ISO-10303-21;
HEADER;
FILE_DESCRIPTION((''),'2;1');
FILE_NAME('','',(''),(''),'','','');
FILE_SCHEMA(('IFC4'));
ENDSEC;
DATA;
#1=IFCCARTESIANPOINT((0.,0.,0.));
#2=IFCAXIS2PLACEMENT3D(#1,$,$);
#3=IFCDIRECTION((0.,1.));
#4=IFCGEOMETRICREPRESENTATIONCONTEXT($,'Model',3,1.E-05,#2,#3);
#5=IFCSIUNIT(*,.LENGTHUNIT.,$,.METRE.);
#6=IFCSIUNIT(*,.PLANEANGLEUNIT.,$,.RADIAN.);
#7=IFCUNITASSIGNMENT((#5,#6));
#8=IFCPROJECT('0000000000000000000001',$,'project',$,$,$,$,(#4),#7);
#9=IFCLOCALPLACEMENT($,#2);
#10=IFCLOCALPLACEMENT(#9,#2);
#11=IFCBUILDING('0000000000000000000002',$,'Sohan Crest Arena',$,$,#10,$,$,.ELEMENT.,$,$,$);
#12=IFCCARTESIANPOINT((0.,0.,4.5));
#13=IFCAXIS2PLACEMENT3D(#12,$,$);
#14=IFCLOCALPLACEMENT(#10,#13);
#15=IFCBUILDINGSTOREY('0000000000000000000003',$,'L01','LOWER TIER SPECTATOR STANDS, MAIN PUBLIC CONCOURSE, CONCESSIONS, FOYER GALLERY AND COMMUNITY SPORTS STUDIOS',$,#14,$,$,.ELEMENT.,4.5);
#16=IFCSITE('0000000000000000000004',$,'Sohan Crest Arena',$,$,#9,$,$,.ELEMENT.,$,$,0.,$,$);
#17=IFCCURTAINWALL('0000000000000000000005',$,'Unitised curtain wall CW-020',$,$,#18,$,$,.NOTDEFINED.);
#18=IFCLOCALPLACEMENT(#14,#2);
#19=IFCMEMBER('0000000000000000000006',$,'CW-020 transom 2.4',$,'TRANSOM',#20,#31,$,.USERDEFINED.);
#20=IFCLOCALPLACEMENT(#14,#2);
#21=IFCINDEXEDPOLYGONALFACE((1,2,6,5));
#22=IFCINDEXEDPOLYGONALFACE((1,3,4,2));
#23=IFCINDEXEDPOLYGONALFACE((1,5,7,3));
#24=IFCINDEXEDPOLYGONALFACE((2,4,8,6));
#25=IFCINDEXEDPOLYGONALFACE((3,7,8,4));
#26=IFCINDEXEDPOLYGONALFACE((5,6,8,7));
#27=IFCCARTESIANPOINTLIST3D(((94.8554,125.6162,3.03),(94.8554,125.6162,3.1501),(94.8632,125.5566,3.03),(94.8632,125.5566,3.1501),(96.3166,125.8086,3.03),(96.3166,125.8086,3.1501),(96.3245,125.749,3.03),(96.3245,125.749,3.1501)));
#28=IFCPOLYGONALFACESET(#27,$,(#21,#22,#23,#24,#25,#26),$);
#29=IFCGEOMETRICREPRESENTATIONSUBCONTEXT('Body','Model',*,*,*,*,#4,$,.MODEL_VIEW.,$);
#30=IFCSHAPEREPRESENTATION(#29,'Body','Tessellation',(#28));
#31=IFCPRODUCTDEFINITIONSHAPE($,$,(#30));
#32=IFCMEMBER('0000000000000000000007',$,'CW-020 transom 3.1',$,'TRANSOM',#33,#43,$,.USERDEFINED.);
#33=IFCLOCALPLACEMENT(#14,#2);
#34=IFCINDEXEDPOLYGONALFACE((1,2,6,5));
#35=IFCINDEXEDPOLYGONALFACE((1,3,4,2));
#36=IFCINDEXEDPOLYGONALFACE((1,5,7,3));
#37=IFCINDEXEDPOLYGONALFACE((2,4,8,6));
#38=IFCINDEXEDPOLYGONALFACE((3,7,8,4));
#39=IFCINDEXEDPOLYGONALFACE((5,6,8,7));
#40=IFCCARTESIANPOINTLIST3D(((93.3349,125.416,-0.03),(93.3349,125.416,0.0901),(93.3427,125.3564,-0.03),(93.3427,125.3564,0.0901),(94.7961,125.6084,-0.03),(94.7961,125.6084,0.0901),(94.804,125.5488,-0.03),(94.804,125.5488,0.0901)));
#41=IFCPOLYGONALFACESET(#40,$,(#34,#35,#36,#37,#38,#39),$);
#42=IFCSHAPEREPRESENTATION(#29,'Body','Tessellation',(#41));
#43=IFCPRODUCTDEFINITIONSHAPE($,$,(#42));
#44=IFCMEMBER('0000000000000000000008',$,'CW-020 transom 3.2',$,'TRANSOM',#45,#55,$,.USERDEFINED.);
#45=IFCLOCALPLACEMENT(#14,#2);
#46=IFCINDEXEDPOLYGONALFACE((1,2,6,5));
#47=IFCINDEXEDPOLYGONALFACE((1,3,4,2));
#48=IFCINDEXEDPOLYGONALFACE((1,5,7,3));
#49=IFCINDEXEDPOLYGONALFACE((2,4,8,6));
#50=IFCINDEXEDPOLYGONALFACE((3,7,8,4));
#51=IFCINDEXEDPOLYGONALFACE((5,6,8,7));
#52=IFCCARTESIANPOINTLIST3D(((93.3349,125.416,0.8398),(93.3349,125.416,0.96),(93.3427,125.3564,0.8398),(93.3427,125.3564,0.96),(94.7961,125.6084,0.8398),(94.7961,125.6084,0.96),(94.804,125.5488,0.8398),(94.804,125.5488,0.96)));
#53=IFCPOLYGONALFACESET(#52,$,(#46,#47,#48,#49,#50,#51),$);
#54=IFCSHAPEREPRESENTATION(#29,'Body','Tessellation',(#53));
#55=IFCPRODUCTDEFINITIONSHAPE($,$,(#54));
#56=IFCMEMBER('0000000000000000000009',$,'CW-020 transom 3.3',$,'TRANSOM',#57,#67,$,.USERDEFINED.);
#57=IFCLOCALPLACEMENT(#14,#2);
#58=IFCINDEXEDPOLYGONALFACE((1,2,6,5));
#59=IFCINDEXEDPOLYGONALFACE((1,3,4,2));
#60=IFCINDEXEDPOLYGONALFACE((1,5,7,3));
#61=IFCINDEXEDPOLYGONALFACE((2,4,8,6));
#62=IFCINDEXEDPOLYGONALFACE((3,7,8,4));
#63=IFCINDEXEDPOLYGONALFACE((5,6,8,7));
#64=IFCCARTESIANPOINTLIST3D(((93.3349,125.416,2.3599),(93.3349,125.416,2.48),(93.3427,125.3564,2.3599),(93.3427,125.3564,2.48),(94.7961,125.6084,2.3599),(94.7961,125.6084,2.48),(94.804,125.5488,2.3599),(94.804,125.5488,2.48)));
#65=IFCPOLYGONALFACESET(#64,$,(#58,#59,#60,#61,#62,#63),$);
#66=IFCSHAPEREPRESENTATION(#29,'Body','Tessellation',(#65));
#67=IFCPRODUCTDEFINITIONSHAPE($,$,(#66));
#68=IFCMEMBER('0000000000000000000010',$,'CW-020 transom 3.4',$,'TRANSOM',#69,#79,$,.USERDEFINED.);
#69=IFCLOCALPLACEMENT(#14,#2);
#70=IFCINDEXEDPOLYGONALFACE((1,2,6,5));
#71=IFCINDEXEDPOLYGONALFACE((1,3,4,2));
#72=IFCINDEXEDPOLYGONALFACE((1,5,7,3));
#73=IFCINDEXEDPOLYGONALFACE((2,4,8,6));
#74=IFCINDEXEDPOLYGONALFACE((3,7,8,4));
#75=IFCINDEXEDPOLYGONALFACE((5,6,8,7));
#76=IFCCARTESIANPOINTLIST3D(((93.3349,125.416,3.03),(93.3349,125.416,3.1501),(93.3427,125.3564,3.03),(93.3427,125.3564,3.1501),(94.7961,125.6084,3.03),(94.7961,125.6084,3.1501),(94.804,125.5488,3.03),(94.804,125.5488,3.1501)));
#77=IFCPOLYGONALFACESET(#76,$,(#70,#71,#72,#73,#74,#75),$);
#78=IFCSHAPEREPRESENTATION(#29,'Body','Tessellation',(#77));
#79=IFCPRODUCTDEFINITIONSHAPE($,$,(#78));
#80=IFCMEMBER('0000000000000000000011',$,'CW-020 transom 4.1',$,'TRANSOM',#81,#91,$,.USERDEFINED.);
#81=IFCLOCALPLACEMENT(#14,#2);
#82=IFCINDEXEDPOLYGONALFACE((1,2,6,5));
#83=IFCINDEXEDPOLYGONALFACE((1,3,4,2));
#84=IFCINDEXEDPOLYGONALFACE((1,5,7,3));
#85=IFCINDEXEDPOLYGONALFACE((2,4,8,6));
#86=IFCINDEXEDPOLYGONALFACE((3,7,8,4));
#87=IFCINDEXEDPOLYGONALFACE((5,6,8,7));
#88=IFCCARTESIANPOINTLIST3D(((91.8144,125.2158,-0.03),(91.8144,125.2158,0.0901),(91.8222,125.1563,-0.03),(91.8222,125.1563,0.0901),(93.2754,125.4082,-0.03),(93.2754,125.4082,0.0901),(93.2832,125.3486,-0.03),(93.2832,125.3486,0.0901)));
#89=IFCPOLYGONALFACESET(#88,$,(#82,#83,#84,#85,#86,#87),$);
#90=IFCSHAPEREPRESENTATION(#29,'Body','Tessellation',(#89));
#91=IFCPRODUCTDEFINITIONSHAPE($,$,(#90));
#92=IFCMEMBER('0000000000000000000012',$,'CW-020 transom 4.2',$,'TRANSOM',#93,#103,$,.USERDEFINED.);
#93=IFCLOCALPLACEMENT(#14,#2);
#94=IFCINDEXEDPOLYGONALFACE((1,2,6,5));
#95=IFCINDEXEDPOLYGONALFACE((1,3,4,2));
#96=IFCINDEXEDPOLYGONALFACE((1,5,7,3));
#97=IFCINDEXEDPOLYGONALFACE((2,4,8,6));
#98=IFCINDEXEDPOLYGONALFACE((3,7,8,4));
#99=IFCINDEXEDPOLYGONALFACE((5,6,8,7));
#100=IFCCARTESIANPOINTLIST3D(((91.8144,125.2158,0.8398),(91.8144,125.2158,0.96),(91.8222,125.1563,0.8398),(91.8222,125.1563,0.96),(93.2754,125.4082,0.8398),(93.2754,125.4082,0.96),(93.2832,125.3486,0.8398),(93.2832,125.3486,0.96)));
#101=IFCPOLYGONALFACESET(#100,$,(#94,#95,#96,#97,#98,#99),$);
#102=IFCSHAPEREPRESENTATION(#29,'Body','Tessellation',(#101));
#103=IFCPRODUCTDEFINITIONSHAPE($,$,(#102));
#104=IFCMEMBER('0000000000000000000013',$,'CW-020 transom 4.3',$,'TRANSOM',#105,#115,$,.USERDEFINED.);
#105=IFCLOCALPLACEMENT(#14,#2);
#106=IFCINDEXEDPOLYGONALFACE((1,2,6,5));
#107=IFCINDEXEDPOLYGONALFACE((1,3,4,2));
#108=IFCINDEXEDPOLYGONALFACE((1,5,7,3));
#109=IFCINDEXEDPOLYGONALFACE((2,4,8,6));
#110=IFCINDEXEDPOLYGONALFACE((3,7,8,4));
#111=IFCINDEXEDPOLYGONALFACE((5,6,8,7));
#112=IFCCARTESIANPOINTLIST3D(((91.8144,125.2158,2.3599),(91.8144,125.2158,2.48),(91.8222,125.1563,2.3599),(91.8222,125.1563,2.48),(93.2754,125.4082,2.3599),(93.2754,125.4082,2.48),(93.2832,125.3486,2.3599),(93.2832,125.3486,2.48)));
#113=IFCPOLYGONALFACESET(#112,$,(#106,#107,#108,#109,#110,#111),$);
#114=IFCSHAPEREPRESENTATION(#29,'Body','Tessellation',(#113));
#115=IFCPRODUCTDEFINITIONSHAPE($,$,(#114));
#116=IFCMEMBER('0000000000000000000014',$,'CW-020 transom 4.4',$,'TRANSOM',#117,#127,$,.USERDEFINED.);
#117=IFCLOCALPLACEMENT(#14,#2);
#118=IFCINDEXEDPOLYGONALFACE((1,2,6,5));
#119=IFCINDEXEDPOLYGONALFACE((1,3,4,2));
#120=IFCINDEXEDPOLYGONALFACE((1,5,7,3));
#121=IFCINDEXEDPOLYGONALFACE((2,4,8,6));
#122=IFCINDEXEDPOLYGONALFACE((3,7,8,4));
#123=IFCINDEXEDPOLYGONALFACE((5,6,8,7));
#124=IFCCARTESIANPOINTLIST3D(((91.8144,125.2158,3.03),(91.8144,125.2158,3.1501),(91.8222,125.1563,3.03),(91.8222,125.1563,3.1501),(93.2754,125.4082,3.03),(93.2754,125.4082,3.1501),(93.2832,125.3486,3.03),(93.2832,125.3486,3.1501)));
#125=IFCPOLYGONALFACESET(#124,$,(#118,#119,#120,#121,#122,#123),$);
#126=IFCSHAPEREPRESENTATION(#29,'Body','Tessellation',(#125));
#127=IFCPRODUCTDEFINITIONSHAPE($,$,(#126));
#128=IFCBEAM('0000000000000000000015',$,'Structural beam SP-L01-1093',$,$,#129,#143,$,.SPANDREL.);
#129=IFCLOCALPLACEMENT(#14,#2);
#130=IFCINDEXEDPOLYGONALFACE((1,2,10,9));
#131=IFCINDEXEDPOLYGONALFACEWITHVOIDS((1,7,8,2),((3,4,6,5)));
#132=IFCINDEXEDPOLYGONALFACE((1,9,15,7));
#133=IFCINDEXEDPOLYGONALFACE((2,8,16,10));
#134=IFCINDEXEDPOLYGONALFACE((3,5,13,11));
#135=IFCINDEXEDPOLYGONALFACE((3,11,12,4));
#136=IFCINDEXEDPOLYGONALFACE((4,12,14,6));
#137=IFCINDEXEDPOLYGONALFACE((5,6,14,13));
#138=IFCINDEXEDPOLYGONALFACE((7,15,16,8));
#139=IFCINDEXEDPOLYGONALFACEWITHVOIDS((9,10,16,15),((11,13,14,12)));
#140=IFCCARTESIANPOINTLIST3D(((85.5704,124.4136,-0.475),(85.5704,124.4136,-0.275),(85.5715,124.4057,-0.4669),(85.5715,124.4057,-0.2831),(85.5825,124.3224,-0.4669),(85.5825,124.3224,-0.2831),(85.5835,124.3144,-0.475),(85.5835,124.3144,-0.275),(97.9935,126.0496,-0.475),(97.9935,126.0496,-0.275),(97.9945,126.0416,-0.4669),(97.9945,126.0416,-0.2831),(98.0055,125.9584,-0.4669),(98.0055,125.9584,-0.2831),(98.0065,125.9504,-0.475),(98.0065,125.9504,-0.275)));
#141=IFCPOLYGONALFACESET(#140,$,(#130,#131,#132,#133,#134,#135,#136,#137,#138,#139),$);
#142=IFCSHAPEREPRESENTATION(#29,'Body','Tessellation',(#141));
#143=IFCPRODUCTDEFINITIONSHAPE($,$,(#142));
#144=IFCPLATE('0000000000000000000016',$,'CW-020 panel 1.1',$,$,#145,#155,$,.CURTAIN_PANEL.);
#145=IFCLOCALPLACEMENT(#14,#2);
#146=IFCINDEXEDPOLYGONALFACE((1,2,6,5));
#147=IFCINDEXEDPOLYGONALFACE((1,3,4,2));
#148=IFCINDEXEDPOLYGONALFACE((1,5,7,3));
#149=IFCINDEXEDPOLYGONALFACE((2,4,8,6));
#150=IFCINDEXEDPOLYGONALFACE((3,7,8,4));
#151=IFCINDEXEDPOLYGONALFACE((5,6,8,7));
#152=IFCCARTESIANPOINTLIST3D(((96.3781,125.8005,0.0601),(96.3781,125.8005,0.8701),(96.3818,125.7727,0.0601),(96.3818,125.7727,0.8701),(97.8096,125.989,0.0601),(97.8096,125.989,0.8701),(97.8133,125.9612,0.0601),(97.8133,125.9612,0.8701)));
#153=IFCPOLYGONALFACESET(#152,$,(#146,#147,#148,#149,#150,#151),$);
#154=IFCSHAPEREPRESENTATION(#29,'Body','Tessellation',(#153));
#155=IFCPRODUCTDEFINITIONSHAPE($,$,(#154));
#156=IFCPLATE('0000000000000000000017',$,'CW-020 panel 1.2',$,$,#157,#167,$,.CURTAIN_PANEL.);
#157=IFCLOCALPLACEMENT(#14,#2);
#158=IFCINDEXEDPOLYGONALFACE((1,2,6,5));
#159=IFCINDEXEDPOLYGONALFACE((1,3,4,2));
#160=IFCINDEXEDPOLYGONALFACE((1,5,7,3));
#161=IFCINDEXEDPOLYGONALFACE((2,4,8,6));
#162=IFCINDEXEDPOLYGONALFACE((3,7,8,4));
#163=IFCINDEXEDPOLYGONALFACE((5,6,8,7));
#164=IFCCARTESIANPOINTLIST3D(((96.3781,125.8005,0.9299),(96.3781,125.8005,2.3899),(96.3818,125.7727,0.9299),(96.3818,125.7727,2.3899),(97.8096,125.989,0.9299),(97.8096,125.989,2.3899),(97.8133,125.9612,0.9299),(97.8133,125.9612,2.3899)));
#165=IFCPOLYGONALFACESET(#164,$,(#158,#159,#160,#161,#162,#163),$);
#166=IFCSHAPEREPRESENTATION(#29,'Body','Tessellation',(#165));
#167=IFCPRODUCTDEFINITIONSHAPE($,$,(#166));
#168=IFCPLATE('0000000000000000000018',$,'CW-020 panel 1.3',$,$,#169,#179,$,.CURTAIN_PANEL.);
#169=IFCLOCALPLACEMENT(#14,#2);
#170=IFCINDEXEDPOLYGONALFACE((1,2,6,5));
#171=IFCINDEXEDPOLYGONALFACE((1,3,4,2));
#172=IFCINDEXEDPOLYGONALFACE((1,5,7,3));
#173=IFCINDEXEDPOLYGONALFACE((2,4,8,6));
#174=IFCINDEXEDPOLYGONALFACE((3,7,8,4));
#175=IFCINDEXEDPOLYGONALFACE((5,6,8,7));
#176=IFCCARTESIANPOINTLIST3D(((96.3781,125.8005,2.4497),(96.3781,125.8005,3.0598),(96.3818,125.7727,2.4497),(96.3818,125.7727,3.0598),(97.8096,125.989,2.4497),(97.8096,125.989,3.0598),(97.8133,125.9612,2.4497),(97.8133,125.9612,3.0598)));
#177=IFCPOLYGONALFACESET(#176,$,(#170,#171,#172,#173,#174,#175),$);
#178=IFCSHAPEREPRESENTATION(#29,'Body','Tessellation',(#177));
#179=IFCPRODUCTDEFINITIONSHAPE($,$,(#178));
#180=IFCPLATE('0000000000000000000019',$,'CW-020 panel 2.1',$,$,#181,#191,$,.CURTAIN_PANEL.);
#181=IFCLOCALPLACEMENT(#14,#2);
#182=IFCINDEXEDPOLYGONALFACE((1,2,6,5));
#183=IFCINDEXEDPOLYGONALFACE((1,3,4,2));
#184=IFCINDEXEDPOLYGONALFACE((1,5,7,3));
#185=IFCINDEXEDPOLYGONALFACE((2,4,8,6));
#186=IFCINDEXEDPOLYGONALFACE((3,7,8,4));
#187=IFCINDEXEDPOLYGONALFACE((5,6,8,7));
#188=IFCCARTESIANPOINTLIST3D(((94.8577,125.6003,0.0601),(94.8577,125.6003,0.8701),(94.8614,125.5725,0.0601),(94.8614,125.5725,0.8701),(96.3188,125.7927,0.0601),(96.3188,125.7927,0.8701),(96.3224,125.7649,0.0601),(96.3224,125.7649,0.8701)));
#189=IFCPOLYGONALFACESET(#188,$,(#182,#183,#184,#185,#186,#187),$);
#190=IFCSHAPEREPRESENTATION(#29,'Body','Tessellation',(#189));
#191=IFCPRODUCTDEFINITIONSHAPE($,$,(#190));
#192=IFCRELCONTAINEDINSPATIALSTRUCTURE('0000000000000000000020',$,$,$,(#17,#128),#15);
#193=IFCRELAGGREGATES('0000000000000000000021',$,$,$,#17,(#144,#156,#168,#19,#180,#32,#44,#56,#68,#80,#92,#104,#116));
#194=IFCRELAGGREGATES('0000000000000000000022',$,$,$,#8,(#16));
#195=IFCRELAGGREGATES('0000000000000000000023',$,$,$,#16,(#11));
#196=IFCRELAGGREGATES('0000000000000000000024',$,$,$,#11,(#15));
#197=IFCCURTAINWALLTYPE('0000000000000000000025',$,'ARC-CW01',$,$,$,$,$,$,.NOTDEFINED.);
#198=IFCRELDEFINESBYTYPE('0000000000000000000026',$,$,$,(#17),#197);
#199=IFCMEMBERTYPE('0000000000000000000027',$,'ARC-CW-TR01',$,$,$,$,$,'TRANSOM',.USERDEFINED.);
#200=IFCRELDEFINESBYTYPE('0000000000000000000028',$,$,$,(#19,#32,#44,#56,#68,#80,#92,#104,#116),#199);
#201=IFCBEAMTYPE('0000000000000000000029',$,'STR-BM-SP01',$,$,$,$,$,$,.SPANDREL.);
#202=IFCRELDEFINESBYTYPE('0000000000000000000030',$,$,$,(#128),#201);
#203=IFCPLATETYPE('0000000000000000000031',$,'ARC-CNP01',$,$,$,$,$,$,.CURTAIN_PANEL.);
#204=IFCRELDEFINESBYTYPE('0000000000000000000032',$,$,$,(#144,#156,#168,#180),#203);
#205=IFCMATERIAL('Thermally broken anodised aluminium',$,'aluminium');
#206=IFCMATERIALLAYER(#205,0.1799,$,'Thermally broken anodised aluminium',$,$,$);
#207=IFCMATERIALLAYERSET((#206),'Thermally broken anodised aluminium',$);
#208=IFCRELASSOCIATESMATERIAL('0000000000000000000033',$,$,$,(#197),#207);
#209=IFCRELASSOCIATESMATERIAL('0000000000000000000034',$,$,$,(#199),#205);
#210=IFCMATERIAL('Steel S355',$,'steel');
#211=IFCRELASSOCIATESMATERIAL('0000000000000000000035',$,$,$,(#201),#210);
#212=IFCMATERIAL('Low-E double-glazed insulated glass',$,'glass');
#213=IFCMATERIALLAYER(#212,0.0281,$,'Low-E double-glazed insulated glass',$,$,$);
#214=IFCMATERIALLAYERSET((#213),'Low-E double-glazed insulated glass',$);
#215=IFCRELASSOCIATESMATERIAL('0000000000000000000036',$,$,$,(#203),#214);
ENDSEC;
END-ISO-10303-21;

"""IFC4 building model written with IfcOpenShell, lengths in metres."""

from ifc_helpers import new_model, si_unit, direction, frame, origin, origin_2d, place, context, subcontext, project, spatial, rectangle, hollow_rectangle, extrude, material, layer, layer_set, material_profile, profile_set, type_object, element, aggregate, save


model = new_model("IFC4")

# Units and contexts
model_context = context("Model", 3, precision=1e-05, world=origin(), true_north=direction((0.0, 1.0)))
body_context = subcontext(model_context, "Body", "Model", "MODEL_VIEW")
ifc_project = project(units=[si_unit("LENGTHUNIT", "METRE"), si_unit("PLANEANGLEUNIT", "RADIAN")], contexts=[model_context])

# Site, building, storey
site_placement = place(None, origin())
site = spatial("IfcSite", under=ifc_project, at=site_placement, Name="Sohan Crest Arena", CompositionType="ELEMENT", RefElevation=0.0)
building_placement = place(site_placement, origin())
building = spatial("IfcBuilding", under=site, at=building_placement, Name="Sohan Crest Arena", CompositionType="ELEMENT")
storey_placement = place(building_placement, frame((0.0, 0.0, 4.5)))
storey = spatial("IfcBuildingStorey", under=building, at=storey_placement, Name="L01", Description="LOWER TIER SPECTATOR STANDS, MAIN PUBLIC CONCOURSE, CONCESSIONS, FOYER GALLERY AND COMMUNITY SPORTS STUDIOS", CompositionType="ELEMENT", Elevation=4.5)

# Shared definitions
ifc_material_1 = material(Name="Steel S355", Category="steel")

# Curtain wall, members
ifc_material_2 = material(Name="Thermally broken anodised aluminium", Category="aluminium")
ifc_layer_1 = layer(ifc_material_2, 0.1799, Name="Thermally broken anodised aluminium")
ifc_layer_set_1 = layer_set([ifc_layer_1], Name="Thermally broken anodised aluminium")
curtain_wall_type = type_object("IfcCurtainWallType", Name="ARC-CW01", PredefinedType="NOTDEFINED", material=ifc_layer_set_1)
curtain_wall_placement = place(storey_placement, origin())
curtain_wall = element("IfcCurtainWall", 1, at=curtain_wall_placement, inside=storey, type_object=curtain_wall_type, Name="Unitised curtain wall CW-020", PredefinedType="NOTDEFINED")
ifc_material_profile_1 = material_profile(ifc_material_2, rectangle(XDim=0.0601, YDim=0.1201, at=origin_2d()), Name="ALU-TRAN 60x120")
ifc_profile_set_1 = profile_set([ifc_material_profile_1], Name="Thermally broken anodised aluminium")
member_type_1 = type_object("IfcMemberType", Name="ARC-CW-TR01", ElementType="TRANSOM", PredefinedType="USERDEFINED", material=ifc_profile_set_1)
member_1_placement = place(storey_placement, frame((96.3206, 125.7788, 3.0901), z_axis=(-0.991444, -0.130536, 0.0), x_axis=(0.130536, -0.991444, 0.0)))
member_1 = element("IfcMember", 2, at=member_1_placement, type_object=member_type_1, Name="CW-020 transom 2.4", ObjectType="TRANSOM", PredefinedType="USERDEFINED", context=body_context, shape_type="SweptSolid", body=[
    extrude(rectangle(XDim=0.0601, YDim=0.1201, at=origin_2d()), origin(), (0.0, 0.0, 1.0), 1.4739),
])
member_2_placement = place(storey_placement, frame((94.8, 125.5786, 0.03), z_axis=(-0.991444, -0.130536, 0.0), x_axis=(0.130536, -0.991444, 0.0)))
member_2 = element("IfcMember", 3, at=member_2_placement, type_object=member_type_1, Name="CW-020 transom 3.1", ObjectType="TRANSOM", PredefinedType="USERDEFINED", context=body_context, shape_type="SweptSolid", body=[
    extrude(rectangle(XDim=0.0601, YDim=0.1201, at=origin_2d()), origin(), (0.0, 0.0, 1.0), 1.4739),
])
member_3_placement = place(storey_placement, frame((94.8, 125.5786, 0.8999), z_axis=(-0.991444, -0.130536, 0.0), x_axis=(0.130536, -0.991444, 0.0)))
member_3 = element("IfcMember", 4, at=member_3_placement, type_object=member_type_1, Name="CW-020 transom 3.2", ObjectType="TRANSOM", PredefinedType="USERDEFINED", context=body_context, shape_type="SweptSolid", body=[
    extrude(rectangle(XDim=0.0601, YDim=0.1201, at=origin_2d()), origin(), (0.0, 0.0, 1.0), 1.4739),
])
member_4_placement = place(storey_placement, frame((94.8, 125.5786, 2.4199), z_axis=(-0.991444, -0.130536, 0.0), x_axis=(0.130536, -0.991444, 0.0)))
member_4 = element("IfcMember", 5, at=member_4_placement, type_object=member_type_1, Name="CW-020 transom 3.3", ObjectType="TRANSOM", PredefinedType="USERDEFINED", context=body_context, shape_type="SweptSolid", body=[
    extrude(rectangle(XDim=0.0601, YDim=0.1201, at=origin_2d()), origin(), (0.0, 0.0, 1.0), 1.4739),
])
member_5_placement = place(storey_placement, frame((94.8, 125.5786, 3.0901), z_axis=(-0.991444, -0.130536, 0.0), x_axis=(0.130536, -0.991444, 0.0)))
member_5 = element("IfcMember", 6, at=member_5_placement, type_object=member_type_1, Name="CW-020 transom 3.4", ObjectType="TRANSOM", PredefinedType="USERDEFINED", context=body_context, shape_type="SweptSolid", body=[
    extrude(rectangle(XDim=0.0601, YDim=0.1201, at=origin_2d()), origin(), (0.0, 0.0, 1.0), 1.4739),
])
member_6_placement = place(storey_placement, frame((93.2793, 125.3784, 0.03), z_axis=(-0.991441, -0.130557, 0.0), x_axis=(0.130557, -0.991441, 0.0)))
member_6 = element("IfcMember", 7, at=member_6_placement, type_object=member_type_1, Name="CW-020 transom 4.1", ObjectType="TRANSOM", PredefinedType="USERDEFINED", context=body_context, shape_type="SweptSolid", body=[
    extrude(rectangle(XDim=0.0601, YDim=0.1201, at=origin_2d()), origin(), (0.0, 0.0, 1.0), 1.4736),
])
member_7_placement = place(storey_placement, frame((93.2793, 125.3784, 0.8999), z_axis=(-0.991441, -0.130557, 0.0), x_axis=(0.130557, -0.991441, 0.0)))
member_7 = element("IfcMember", 8, at=member_7_placement, type_object=member_type_1, Name="CW-020 transom 4.2", ObjectType="TRANSOM", PredefinedType="USERDEFINED", context=body_context, shape_type="SweptSolid", body=[
    extrude(rectangle(XDim=0.0601, YDim=0.1201, at=origin_2d()), origin(), (0.0, 0.0, 1.0), 1.4736),
])
member_8_placement = place(storey_placement, frame((93.2793, 125.3784, 2.4199), z_axis=(-0.991441, -0.130557, 0.0), x_axis=(0.130557, -0.991441, 0.0)))
member_8 = element("IfcMember", 9, at=member_8_placement, type_object=member_type_1, Name="CW-020 transom 4.3", ObjectType="TRANSOM", PredefinedType="USERDEFINED", context=body_context, shape_type="SweptSolid", body=[
    extrude(rectangle(XDim=0.0601, YDim=0.1201, at=origin_2d()), origin(), (0.0, 0.0, 1.0), 1.4736),
])
member_9_placement = place(storey_placement, frame((93.2793, 125.3784, 3.0901), z_axis=(-0.991441, -0.130557, 0.0), x_axis=(0.130557, -0.991441, 0.0)))
member_9 = element("IfcMember", 10, at=member_9_placement, type_object=member_type_1, Name="CW-020 transom 4.4", ObjectType="TRANSOM", PredefinedType="USERDEFINED", context=body_context, shape_type="SweptSolid", body=[
    extrude(rectangle(XDim=0.0601, YDim=0.1201, at=origin_2d()), origin(), (0.0, 0.0, 1.0), 1.4736),
])

# Beam
ifc_material_profile_2 = material_profile(ifc_material_1, hollow_rectangle(XDim=0.1001, YDim=0.2, WallThickness=0.0081, at=origin_2d()), Name="RHS 200x100x8")
ifc_profile_set_2 = profile_set([ifc_material_profile_2], Name="Steel S355")
beam_type = type_object("IfcBeamType", Name="STR-BM-SP01", PredefinedType="SPANDREL", material=ifc_profile_set_2)
beam_placement = place(storey_placement, frame((98.0, 126.0, -0.375), z_axis=(-0.99144, -0.130562, 0.0), x_axis=(0.130562, -0.99144, 0.0)))
element("IfcBeam", 11, at=beam_placement, inside=storey, type_object=beam_type, Name="Structural beam SP-L01-1093", PredefinedType="SPANDREL", context=body_context, shape_type="SweptSolid", body=[
    extrude(hollow_rectangle(XDim=0.1001, YDim=0.2, WallThickness=0.0081, at=origin_2d()), origin(), (0.0, 0.0, 1.0), 12.5303),
])

# Plates
ifc_material_3 = material(Name="Low-E double-glazed insulated glass", Category="glass")
ifc_layer_2 = layer(ifc_material_3, 0.0281, Name="Low-E double-glazed insulated glass")
ifc_layer_set_2 = layer_set([ifc_layer_2], Name="Low-E double-glazed insulated glass")
plate_type = type_object("IfcPlateType", Name="ARC-CNP01", PredefinedType="CURTAIN_PANEL", material=ifc_layer_set_2)
plate_1_placement = place(storey_placement, frame((97.0957, 125.8809, 0.0601), z_axis=(0.0, 0.0, 1.0), x_axis=(-0.99144, -0.130562, 0.0)))
plate_1 = element("IfcPlate", 12, at=plate_1_placement, type_object=plate_type, Name="CW-020 panel 1.1", PredefinedType="CURTAIN_PANEL", context=body_context, shape_type="SweptSolid", body=[
    extrude(rectangle(XDim=1.4438, YDim=0.0281, at=origin_2d()), origin(), (0.0, 0.0, 1.0), 0.8101),
])
plate_2_placement = place(storey_placement, frame((97.0957, 125.8809, 0.9299), z_axis=(0.0, 0.0, 1.0), x_axis=(-0.99144, -0.130562, 0.0)))
plate_2 = element("IfcPlate", 13, at=plate_2_placement, type_object=plate_type, Name="CW-020 panel 1.2", PredefinedType="CURTAIN_PANEL", context=body_context, shape_type="SweptSolid", body=[
    extrude(rectangle(XDim=1.4438, YDim=0.0281, at=origin_2d()), origin(), (0.0, 0.0, 1.0), 1.46),
])
plate_3_placement = place(storey_placement, frame((97.0957, 125.8809, 2.4497), z_axis=(0.0, 0.0, 1.0), x_axis=(-0.99144, -0.130562, 0.0)))
plate_3 = element("IfcPlate", 14, at=plate_3_placement, type_object=plate_type, Name="CW-020 panel 1.3", PredefinedType="CURTAIN_PANEL", context=body_context, shape_type="SweptSolid", body=[
    extrude(rectangle(XDim=1.4438, YDim=0.0281, at=origin_2d()), origin(), (0.0, 0.0, 1.0), 0.6101),
])
plate_4_placement = place(storey_placement, frame((95.5901, 125.6826, 0.0601), z_axis=(0.0, 0.0, 1.0), x_axis=(-0.99144, -0.130562, 0.0)))
plate_4 = element("IfcPlate", 15, at=plate_4_placement, type_object=plate_type, Name="CW-020 panel 2.1", PredefinedType="CURTAIN_PANEL", context=body_context, shape_type="SweptSolid", body=[
    extrude(rectangle(XDim=1.4736, YDim=0.0281, at=origin_2d()), origin(), (0.0, 0.0, 1.0), 0.8101),
])
aggregate(curtain_wall, [plate_1, plate_2, plate_3, member_1, plate_4, member_2, member_3, member_4, member_5, member_6, member_7, member_8, member_9])

save(model, "model.ifc")
